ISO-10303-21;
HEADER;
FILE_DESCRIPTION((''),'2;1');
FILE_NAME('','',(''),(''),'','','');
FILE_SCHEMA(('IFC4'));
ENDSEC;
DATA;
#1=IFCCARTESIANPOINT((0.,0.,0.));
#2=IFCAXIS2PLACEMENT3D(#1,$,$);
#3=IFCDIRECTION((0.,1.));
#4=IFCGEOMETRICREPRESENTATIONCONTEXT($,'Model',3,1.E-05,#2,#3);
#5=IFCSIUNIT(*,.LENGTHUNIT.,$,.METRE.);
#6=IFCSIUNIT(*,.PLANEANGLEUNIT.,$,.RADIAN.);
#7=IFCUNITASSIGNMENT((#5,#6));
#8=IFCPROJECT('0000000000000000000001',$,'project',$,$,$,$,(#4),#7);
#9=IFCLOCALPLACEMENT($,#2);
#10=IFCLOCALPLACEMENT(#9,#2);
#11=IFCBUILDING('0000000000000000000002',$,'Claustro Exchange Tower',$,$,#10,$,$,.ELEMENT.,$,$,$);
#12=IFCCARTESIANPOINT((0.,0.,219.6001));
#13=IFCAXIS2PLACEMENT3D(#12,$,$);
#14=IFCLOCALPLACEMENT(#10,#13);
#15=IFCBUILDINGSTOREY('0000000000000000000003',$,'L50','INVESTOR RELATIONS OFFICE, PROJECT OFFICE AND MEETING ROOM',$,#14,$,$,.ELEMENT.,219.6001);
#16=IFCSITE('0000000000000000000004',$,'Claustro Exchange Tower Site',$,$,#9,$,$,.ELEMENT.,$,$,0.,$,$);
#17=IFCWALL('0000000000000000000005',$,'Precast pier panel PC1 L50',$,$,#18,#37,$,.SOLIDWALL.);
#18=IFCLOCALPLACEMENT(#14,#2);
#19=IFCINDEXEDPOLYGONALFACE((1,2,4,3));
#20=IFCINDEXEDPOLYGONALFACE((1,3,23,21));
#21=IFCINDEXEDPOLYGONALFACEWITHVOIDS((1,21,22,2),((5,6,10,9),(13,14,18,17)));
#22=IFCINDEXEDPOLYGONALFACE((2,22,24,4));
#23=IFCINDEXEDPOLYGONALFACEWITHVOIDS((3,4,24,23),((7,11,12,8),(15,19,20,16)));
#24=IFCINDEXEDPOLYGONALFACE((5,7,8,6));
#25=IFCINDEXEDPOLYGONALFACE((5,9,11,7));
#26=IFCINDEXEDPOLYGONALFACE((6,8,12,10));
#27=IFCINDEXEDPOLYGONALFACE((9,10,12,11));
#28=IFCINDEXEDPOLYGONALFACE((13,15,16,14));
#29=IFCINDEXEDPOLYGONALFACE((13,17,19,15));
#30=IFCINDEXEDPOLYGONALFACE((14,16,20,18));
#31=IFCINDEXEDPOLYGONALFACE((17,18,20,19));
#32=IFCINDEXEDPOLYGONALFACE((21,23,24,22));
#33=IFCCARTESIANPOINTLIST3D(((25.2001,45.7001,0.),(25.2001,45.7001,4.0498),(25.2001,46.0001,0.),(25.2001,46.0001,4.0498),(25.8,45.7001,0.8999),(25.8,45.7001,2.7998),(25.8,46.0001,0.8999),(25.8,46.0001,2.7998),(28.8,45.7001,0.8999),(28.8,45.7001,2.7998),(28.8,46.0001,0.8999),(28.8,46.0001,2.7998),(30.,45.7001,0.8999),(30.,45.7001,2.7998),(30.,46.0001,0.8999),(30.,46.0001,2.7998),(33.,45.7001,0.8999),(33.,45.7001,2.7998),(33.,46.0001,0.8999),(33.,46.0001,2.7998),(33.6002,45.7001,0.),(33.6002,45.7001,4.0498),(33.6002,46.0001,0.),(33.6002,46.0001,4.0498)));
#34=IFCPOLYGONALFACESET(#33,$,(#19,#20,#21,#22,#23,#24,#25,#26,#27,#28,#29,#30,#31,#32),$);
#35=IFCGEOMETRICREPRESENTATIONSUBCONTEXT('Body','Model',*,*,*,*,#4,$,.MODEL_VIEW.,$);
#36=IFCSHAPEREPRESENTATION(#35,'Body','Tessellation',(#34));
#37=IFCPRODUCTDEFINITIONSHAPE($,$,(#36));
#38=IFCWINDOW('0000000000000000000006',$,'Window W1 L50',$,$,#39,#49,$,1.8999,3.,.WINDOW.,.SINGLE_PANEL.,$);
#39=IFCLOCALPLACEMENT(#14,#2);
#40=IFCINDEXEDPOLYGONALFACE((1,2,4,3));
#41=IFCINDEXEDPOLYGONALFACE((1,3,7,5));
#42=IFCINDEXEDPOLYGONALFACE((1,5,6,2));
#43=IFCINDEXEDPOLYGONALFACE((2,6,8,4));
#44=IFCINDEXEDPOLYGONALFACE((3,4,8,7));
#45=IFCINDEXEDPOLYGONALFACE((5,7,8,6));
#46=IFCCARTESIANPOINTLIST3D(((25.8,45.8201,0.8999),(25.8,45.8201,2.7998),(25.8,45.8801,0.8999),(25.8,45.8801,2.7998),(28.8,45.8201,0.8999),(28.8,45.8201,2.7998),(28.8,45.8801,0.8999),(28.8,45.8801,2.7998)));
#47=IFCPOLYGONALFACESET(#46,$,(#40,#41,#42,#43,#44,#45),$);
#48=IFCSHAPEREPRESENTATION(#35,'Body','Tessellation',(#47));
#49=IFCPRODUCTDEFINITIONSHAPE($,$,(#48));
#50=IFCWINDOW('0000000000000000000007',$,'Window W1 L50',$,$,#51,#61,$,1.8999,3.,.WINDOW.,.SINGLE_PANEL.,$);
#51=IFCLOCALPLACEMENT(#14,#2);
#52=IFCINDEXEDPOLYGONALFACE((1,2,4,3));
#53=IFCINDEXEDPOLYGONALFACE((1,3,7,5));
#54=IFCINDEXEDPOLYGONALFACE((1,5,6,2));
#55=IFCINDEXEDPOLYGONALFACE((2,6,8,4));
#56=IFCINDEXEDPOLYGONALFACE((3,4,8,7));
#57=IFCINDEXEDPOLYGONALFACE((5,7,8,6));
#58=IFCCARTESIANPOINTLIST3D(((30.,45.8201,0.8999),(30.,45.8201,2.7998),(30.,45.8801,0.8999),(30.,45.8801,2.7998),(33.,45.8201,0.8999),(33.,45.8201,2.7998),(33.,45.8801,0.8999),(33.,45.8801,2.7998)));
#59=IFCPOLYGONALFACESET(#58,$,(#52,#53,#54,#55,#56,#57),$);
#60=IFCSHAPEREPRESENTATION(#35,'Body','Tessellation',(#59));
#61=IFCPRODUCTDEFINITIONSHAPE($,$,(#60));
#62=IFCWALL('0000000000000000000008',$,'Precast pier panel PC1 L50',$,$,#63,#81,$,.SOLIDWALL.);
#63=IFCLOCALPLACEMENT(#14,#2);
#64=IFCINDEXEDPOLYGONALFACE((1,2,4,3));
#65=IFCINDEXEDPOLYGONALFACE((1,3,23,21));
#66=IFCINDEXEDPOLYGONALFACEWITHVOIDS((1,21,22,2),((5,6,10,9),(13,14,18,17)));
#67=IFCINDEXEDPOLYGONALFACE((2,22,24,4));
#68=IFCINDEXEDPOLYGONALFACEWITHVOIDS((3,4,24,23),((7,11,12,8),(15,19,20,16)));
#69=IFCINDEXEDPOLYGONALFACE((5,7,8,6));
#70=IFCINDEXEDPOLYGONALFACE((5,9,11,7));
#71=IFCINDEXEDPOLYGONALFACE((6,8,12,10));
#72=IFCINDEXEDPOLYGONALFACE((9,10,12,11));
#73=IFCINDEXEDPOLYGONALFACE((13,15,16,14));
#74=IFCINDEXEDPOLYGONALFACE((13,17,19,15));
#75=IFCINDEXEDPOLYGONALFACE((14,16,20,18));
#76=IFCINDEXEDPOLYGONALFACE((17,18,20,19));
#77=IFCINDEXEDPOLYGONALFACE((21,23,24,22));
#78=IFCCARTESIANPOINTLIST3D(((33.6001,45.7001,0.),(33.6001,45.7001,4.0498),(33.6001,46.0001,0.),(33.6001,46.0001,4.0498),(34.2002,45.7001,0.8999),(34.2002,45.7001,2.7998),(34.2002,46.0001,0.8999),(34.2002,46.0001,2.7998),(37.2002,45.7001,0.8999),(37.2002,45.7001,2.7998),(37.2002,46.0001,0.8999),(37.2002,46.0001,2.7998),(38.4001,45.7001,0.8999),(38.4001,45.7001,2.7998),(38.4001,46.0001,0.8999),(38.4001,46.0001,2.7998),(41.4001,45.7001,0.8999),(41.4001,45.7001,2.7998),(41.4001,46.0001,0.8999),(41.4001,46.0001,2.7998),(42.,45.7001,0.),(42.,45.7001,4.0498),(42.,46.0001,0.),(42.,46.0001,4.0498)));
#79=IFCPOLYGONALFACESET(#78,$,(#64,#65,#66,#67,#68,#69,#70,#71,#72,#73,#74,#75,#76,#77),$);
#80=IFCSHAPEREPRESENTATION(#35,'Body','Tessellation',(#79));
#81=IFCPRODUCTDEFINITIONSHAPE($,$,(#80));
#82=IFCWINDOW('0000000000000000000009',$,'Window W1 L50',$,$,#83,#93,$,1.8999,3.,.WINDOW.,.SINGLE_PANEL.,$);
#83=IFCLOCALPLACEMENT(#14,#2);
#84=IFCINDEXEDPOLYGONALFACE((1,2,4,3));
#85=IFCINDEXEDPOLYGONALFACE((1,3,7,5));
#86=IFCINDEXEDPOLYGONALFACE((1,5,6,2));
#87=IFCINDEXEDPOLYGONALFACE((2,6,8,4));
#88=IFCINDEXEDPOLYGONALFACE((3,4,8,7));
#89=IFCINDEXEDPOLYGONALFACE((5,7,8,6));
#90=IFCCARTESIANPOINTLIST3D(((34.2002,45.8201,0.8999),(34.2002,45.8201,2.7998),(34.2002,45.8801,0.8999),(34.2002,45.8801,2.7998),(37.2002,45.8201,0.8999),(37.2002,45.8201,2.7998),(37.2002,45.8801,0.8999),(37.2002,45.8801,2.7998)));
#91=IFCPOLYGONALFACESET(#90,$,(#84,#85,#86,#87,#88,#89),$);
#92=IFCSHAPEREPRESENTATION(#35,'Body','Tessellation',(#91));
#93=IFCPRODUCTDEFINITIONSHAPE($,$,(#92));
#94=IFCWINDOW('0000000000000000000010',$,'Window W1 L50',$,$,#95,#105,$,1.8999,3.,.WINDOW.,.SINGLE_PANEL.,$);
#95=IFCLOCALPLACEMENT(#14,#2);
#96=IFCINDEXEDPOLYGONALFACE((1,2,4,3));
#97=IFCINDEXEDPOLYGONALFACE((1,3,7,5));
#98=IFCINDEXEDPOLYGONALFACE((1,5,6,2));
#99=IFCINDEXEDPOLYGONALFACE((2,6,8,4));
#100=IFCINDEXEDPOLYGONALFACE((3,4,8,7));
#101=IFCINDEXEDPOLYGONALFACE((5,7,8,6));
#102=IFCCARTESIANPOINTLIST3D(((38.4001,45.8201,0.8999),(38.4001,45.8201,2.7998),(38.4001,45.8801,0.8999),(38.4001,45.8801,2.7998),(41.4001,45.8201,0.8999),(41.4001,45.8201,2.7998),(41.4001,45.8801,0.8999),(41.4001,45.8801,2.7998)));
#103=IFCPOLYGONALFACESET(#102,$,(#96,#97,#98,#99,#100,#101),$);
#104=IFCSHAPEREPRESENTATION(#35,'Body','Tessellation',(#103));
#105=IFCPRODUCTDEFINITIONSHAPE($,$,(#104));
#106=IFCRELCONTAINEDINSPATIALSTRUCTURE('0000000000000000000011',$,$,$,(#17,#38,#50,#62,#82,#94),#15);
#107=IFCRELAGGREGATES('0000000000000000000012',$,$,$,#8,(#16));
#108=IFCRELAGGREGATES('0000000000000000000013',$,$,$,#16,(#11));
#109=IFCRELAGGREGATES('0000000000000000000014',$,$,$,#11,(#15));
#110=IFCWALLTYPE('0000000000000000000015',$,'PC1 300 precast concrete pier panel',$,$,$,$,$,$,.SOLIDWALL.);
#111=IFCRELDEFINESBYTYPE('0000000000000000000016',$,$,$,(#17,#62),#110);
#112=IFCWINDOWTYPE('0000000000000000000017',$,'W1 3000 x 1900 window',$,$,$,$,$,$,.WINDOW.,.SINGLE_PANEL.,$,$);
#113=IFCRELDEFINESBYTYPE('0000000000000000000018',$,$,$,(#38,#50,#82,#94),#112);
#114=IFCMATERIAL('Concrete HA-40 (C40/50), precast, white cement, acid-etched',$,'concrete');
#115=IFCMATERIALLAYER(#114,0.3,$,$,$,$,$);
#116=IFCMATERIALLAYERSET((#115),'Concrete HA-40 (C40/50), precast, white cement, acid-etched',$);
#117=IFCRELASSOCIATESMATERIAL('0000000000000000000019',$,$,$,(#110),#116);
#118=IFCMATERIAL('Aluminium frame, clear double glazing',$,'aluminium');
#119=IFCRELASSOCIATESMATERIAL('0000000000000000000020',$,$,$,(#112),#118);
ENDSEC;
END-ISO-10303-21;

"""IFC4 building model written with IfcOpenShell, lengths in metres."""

from ifc_helpers import new_model, si_unit, direction, frame, frame_2d, origin, place, context, subcontext, project, spatial, rectangle, extrude, material, layer, layer_set, type_object, element, fill, save


model = new_model("IFC4")

# Units and contexts
model_context = context("Model", 3, precision=1e-05, world=origin(), true_north=direction((0.0, 1.0)))
body_context = subcontext(model_context, "Body", "Model", "MODEL_VIEW")
ifc_project = project(units=[si_unit("LENGTHUNIT", "METRE"), si_unit("PLANEANGLEUNIT", "RADIAN")], contexts=[model_context])

# Site, building, storey
site_placement = place(None, origin())
site = spatial("IfcSite", under=ifc_project, at=site_placement, Name="Claustro Exchange Tower Site", CompositionType="ELEMENT", RefElevation=0.0)
building_placement = place(site_placement, origin())
building = spatial("IfcBuilding", under=site, at=building_placement, Name="Claustro Exchange Tower", CompositionType="ELEMENT")
storey_placement = place(building_placement, frame((0.0, 0.0, 219.6001)))
storey = spatial("IfcBuildingStorey", under=building, at=storey_placement, Name="L50", Description="INVESTOR RELATIONS OFFICE, PROJECT OFFICE AND MEETING ROOM", CompositionType="ELEMENT", Elevation=219.6001)

# Walls, openings, windows
ifc_material_1 = material(Name="Concrete HA-40 (C40/50), precast, white cement, acid-etched", Category="concrete")
ifc_layer_1 = layer(ifc_material_1, 0.3)
ifc_layer_set_1 = layer_set([ifc_layer_1], Name="Concrete HA-40 (C40/50), precast, white cement, acid-etched")
wall_type_1 = type_object("IfcWallType", Name="PC1 300 precast concrete pier panel", PredefinedType="SOLIDWALL", material=ifc_layer_set_1)
ifc_material_2 = material(Name="Aluminium frame, clear double glazing", Category="aluminium")
window_type = type_object("IfcWindowType", Name="W1 3000 x 1900 window", PartitioningType="SINGLE_PANEL", PredefinedType="WINDOW", material=ifc_material_2)
wall_1_placement = place(storey_placement, frame((25.2, 45.8501, 0.0), z_axis=(0.0, 0.0, 1.0), x_axis=(1.0, 0.0, 0.0)))
wall_1 = element("IfcWall", 1, at=wall_1_placement, inside=storey, type_object=wall_type_1, Name="Precast pier panel PC1 L50", PredefinedType="SOLIDWALL", context=body_context, shape_type="SweptSolid", body=[
    extrude(rectangle(XDim=8.4001, YDim=0.3, at=frame_2d((4.2002, 0.0))), origin(), (0.0, 0.0, 1.0), 4.0498),
])
opening_1_placement = place(wall_1_placement, frame((0.6001, 0.0, 0.8999)))
opening_1 = element("IfcOpeningElement", 2, at=opening_1_placement, cuts=wall_1, PredefinedType="OPENING", context=body_context, shape_type="SweptSolid", body=[
    extrude(rectangle(XDim=3.0, YDim=1.8999, at=frame_2d((1.5, 0.95))), frame((0.0, 0.1599, 0.0), z_axis=(0.0, -1.0, 0.0), x_axis=(1.0, 0.0, 0.0)), (0.0, 0.0, 1.0), 0.3201),
])
opening_2_placement = place(wall_1_placement, frame((4.8, 0.0, 0.8999)))
opening_2 = element("IfcOpeningElement", 3, at=opening_2_placement, cuts=wall_1, PredefinedType="OPENING", context=body_context, shape_type="SweptSolid", body=[
    extrude(rectangle(XDim=3.0, YDim=1.8999, at=frame_2d((1.5, 0.95))), frame((0.0, 0.1599, 0.0), z_axis=(0.0, -1.0, 0.0), x_axis=(1.0, 0.0, 0.0)), (0.0, 0.0, 1.0), 0.3201),
])
window_1_placement = place(opening_1_placement, origin())
window_1 = element("IfcWindow", 4, at=window_1_placement, inside=storey, type_object=window_type, Name="Window W1 L50", OverallHeight=1.8999, OverallWidth=3.0, PartitioningType="SINGLE_PANEL", PredefinedType="WINDOW", context=body_context, shape_type="SweptSolid", body=[
    extrude(rectangle(XDim=3.0, YDim=1.8999, at=frame_2d((1.5, 0.95))), frame((0.0, 0.03, 0.0), z_axis=(0.0, -1.0, 0.0), x_axis=(1.0, 0.0, 0.0)), (0.0, 0.0, 1.0), 0.0601),
])
fill(opening_1, window_1)
window_2_placement = place(opening_2_placement, origin())
window_2 = element("IfcWindow", 5, at=window_2_placement, inside=storey, type_object=window_type, Name="Window W1 L50", OverallHeight=1.8999, OverallWidth=3.0, PartitioningType="SINGLE_PANEL", PredefinedType="WINDOW", context=body_context, shape_type="SweptSolid", body=[
    extrude(rectangle(XDim=3.0, YDim=1.8999, at=frame_2d((1.5, 0.95))), frame((0.0, 0.03, 0.0), z_axis=(0.0, -1.0, 0.0), x_axis=(1.0, 0.0, 0.0)), (0.0, 0.0, 1.0), 0.0601),
])
fill(opening_2, window_2)
wall_2_placement = place(storey_placement, frame((33.6001, 45.8501, 0.0), z_axis=(0.0, 0.0, 1.0), x_axis=(1.0, 0.0, 0.0)))
wall_2 = element("IfcWall", 6, at=wall_2_placement, inside=storey, type_object=wall_type_1, Name="Precast pier panel PC1 L50", PredefinedType="SOLIDWALL", context=body_context, shape_type="SweptSolid", body=[
    extrude(rectangle(XDim=8.3999, YDim=0.3, at=frame_2d((4.2, 0.0))), origin(), (0.0, 0.0, 1.0), 4.0498),
])
opening_3_placement = place(wall_2_placement, frame((0.6001, 0.0, 0.8999)))
opening_3 = element("IfcOpeningElement", 7, at=opening_3_placement, cuts=wall_2, PredefinedType="OPENING", context=body_context, shape_type="SweptSolid", body=[
    extrude(rectangle(XDim=3.0, YDim=1.8999, at=frame_2d((1.5, 0.95))), frame((0.0, 0.1599, 0.0), z_axis=(0.0, -1.0, 0.0), x_axis=(1.0, 0.0, 0.0)), (0.0, 0.0, 1.0), 0.3201),
])
opening_4_placement = place(wall_2_placement, frame((4.8, 0.0, 0.8999)))
opening_4 = element("IfcOpeningElement", 8, at=opening_4_placement, cuts=wall_2, PredefinedType="OPENING", context=body_context, shape_type="SweptSolid", body=[
    extrude(rectangle(XDim=3.0, YDim=1.8999, at=frame_2d((1.5, 0.95))), frame((0.0, 0.1599, 0.0), z_axis=(0.0, -1.0, 0.0), x_axis=(1.0, 0.0, 0.0)), (0.0, 0.0, 1.0), 0.3201),
])
window_3_placement = place(opening_3_placement, origin())
window_3 = element("IfcWindow", 9, at=window_3_placement, inside=storey, type_object=window_type, Name="Window W1 L50", OverallHeight=1.8999, OverallWidth=3.0, PartitioningType="SINGLE_PANEL", PredefinedType="WINDOW", context=body_context, shape_type="SweptSolid", body=[
    extrude(rectangle(XDim=3.0, YDim=1.8999, at=frame_2d((1.5, 0.95))), frame((0.0, 0.03, 0.0), z_axis=(0.0, -1.0, 0.0), x_axis=(1.0, 0.0, 0.0)), (0.0, 0.0, 1.0), 0.0601),
])
fill(opening_3, window_3)
window_4_placement = place(opening_4_placement, origin())
window_4 = element("IfcWindow", 10, at=window_4_placement, inside=storey, type_object=window_type, Name="Window W1 L50", OverallHeight=1.8999, OverallWidth=3.0, PartitioningType="SINGLE_PANEL", PredefinedType="WINDOW", context=body_context, shape_type="SweptSolid", body=[
    extrude(rectangle(XDim=3.0, YDim=1.8999, at=frame_2d((1.5, 0.95))), frame((0.0, 0.03, 0.0), z_axis=(0.0, -1.0, 0.0), x_axis=(1.0, 0.0, 0.0)), (0.0, 0.0, 1.0), 0.0601),
])
fill(opening_4, window_4)

save(model, "model.ifc")
